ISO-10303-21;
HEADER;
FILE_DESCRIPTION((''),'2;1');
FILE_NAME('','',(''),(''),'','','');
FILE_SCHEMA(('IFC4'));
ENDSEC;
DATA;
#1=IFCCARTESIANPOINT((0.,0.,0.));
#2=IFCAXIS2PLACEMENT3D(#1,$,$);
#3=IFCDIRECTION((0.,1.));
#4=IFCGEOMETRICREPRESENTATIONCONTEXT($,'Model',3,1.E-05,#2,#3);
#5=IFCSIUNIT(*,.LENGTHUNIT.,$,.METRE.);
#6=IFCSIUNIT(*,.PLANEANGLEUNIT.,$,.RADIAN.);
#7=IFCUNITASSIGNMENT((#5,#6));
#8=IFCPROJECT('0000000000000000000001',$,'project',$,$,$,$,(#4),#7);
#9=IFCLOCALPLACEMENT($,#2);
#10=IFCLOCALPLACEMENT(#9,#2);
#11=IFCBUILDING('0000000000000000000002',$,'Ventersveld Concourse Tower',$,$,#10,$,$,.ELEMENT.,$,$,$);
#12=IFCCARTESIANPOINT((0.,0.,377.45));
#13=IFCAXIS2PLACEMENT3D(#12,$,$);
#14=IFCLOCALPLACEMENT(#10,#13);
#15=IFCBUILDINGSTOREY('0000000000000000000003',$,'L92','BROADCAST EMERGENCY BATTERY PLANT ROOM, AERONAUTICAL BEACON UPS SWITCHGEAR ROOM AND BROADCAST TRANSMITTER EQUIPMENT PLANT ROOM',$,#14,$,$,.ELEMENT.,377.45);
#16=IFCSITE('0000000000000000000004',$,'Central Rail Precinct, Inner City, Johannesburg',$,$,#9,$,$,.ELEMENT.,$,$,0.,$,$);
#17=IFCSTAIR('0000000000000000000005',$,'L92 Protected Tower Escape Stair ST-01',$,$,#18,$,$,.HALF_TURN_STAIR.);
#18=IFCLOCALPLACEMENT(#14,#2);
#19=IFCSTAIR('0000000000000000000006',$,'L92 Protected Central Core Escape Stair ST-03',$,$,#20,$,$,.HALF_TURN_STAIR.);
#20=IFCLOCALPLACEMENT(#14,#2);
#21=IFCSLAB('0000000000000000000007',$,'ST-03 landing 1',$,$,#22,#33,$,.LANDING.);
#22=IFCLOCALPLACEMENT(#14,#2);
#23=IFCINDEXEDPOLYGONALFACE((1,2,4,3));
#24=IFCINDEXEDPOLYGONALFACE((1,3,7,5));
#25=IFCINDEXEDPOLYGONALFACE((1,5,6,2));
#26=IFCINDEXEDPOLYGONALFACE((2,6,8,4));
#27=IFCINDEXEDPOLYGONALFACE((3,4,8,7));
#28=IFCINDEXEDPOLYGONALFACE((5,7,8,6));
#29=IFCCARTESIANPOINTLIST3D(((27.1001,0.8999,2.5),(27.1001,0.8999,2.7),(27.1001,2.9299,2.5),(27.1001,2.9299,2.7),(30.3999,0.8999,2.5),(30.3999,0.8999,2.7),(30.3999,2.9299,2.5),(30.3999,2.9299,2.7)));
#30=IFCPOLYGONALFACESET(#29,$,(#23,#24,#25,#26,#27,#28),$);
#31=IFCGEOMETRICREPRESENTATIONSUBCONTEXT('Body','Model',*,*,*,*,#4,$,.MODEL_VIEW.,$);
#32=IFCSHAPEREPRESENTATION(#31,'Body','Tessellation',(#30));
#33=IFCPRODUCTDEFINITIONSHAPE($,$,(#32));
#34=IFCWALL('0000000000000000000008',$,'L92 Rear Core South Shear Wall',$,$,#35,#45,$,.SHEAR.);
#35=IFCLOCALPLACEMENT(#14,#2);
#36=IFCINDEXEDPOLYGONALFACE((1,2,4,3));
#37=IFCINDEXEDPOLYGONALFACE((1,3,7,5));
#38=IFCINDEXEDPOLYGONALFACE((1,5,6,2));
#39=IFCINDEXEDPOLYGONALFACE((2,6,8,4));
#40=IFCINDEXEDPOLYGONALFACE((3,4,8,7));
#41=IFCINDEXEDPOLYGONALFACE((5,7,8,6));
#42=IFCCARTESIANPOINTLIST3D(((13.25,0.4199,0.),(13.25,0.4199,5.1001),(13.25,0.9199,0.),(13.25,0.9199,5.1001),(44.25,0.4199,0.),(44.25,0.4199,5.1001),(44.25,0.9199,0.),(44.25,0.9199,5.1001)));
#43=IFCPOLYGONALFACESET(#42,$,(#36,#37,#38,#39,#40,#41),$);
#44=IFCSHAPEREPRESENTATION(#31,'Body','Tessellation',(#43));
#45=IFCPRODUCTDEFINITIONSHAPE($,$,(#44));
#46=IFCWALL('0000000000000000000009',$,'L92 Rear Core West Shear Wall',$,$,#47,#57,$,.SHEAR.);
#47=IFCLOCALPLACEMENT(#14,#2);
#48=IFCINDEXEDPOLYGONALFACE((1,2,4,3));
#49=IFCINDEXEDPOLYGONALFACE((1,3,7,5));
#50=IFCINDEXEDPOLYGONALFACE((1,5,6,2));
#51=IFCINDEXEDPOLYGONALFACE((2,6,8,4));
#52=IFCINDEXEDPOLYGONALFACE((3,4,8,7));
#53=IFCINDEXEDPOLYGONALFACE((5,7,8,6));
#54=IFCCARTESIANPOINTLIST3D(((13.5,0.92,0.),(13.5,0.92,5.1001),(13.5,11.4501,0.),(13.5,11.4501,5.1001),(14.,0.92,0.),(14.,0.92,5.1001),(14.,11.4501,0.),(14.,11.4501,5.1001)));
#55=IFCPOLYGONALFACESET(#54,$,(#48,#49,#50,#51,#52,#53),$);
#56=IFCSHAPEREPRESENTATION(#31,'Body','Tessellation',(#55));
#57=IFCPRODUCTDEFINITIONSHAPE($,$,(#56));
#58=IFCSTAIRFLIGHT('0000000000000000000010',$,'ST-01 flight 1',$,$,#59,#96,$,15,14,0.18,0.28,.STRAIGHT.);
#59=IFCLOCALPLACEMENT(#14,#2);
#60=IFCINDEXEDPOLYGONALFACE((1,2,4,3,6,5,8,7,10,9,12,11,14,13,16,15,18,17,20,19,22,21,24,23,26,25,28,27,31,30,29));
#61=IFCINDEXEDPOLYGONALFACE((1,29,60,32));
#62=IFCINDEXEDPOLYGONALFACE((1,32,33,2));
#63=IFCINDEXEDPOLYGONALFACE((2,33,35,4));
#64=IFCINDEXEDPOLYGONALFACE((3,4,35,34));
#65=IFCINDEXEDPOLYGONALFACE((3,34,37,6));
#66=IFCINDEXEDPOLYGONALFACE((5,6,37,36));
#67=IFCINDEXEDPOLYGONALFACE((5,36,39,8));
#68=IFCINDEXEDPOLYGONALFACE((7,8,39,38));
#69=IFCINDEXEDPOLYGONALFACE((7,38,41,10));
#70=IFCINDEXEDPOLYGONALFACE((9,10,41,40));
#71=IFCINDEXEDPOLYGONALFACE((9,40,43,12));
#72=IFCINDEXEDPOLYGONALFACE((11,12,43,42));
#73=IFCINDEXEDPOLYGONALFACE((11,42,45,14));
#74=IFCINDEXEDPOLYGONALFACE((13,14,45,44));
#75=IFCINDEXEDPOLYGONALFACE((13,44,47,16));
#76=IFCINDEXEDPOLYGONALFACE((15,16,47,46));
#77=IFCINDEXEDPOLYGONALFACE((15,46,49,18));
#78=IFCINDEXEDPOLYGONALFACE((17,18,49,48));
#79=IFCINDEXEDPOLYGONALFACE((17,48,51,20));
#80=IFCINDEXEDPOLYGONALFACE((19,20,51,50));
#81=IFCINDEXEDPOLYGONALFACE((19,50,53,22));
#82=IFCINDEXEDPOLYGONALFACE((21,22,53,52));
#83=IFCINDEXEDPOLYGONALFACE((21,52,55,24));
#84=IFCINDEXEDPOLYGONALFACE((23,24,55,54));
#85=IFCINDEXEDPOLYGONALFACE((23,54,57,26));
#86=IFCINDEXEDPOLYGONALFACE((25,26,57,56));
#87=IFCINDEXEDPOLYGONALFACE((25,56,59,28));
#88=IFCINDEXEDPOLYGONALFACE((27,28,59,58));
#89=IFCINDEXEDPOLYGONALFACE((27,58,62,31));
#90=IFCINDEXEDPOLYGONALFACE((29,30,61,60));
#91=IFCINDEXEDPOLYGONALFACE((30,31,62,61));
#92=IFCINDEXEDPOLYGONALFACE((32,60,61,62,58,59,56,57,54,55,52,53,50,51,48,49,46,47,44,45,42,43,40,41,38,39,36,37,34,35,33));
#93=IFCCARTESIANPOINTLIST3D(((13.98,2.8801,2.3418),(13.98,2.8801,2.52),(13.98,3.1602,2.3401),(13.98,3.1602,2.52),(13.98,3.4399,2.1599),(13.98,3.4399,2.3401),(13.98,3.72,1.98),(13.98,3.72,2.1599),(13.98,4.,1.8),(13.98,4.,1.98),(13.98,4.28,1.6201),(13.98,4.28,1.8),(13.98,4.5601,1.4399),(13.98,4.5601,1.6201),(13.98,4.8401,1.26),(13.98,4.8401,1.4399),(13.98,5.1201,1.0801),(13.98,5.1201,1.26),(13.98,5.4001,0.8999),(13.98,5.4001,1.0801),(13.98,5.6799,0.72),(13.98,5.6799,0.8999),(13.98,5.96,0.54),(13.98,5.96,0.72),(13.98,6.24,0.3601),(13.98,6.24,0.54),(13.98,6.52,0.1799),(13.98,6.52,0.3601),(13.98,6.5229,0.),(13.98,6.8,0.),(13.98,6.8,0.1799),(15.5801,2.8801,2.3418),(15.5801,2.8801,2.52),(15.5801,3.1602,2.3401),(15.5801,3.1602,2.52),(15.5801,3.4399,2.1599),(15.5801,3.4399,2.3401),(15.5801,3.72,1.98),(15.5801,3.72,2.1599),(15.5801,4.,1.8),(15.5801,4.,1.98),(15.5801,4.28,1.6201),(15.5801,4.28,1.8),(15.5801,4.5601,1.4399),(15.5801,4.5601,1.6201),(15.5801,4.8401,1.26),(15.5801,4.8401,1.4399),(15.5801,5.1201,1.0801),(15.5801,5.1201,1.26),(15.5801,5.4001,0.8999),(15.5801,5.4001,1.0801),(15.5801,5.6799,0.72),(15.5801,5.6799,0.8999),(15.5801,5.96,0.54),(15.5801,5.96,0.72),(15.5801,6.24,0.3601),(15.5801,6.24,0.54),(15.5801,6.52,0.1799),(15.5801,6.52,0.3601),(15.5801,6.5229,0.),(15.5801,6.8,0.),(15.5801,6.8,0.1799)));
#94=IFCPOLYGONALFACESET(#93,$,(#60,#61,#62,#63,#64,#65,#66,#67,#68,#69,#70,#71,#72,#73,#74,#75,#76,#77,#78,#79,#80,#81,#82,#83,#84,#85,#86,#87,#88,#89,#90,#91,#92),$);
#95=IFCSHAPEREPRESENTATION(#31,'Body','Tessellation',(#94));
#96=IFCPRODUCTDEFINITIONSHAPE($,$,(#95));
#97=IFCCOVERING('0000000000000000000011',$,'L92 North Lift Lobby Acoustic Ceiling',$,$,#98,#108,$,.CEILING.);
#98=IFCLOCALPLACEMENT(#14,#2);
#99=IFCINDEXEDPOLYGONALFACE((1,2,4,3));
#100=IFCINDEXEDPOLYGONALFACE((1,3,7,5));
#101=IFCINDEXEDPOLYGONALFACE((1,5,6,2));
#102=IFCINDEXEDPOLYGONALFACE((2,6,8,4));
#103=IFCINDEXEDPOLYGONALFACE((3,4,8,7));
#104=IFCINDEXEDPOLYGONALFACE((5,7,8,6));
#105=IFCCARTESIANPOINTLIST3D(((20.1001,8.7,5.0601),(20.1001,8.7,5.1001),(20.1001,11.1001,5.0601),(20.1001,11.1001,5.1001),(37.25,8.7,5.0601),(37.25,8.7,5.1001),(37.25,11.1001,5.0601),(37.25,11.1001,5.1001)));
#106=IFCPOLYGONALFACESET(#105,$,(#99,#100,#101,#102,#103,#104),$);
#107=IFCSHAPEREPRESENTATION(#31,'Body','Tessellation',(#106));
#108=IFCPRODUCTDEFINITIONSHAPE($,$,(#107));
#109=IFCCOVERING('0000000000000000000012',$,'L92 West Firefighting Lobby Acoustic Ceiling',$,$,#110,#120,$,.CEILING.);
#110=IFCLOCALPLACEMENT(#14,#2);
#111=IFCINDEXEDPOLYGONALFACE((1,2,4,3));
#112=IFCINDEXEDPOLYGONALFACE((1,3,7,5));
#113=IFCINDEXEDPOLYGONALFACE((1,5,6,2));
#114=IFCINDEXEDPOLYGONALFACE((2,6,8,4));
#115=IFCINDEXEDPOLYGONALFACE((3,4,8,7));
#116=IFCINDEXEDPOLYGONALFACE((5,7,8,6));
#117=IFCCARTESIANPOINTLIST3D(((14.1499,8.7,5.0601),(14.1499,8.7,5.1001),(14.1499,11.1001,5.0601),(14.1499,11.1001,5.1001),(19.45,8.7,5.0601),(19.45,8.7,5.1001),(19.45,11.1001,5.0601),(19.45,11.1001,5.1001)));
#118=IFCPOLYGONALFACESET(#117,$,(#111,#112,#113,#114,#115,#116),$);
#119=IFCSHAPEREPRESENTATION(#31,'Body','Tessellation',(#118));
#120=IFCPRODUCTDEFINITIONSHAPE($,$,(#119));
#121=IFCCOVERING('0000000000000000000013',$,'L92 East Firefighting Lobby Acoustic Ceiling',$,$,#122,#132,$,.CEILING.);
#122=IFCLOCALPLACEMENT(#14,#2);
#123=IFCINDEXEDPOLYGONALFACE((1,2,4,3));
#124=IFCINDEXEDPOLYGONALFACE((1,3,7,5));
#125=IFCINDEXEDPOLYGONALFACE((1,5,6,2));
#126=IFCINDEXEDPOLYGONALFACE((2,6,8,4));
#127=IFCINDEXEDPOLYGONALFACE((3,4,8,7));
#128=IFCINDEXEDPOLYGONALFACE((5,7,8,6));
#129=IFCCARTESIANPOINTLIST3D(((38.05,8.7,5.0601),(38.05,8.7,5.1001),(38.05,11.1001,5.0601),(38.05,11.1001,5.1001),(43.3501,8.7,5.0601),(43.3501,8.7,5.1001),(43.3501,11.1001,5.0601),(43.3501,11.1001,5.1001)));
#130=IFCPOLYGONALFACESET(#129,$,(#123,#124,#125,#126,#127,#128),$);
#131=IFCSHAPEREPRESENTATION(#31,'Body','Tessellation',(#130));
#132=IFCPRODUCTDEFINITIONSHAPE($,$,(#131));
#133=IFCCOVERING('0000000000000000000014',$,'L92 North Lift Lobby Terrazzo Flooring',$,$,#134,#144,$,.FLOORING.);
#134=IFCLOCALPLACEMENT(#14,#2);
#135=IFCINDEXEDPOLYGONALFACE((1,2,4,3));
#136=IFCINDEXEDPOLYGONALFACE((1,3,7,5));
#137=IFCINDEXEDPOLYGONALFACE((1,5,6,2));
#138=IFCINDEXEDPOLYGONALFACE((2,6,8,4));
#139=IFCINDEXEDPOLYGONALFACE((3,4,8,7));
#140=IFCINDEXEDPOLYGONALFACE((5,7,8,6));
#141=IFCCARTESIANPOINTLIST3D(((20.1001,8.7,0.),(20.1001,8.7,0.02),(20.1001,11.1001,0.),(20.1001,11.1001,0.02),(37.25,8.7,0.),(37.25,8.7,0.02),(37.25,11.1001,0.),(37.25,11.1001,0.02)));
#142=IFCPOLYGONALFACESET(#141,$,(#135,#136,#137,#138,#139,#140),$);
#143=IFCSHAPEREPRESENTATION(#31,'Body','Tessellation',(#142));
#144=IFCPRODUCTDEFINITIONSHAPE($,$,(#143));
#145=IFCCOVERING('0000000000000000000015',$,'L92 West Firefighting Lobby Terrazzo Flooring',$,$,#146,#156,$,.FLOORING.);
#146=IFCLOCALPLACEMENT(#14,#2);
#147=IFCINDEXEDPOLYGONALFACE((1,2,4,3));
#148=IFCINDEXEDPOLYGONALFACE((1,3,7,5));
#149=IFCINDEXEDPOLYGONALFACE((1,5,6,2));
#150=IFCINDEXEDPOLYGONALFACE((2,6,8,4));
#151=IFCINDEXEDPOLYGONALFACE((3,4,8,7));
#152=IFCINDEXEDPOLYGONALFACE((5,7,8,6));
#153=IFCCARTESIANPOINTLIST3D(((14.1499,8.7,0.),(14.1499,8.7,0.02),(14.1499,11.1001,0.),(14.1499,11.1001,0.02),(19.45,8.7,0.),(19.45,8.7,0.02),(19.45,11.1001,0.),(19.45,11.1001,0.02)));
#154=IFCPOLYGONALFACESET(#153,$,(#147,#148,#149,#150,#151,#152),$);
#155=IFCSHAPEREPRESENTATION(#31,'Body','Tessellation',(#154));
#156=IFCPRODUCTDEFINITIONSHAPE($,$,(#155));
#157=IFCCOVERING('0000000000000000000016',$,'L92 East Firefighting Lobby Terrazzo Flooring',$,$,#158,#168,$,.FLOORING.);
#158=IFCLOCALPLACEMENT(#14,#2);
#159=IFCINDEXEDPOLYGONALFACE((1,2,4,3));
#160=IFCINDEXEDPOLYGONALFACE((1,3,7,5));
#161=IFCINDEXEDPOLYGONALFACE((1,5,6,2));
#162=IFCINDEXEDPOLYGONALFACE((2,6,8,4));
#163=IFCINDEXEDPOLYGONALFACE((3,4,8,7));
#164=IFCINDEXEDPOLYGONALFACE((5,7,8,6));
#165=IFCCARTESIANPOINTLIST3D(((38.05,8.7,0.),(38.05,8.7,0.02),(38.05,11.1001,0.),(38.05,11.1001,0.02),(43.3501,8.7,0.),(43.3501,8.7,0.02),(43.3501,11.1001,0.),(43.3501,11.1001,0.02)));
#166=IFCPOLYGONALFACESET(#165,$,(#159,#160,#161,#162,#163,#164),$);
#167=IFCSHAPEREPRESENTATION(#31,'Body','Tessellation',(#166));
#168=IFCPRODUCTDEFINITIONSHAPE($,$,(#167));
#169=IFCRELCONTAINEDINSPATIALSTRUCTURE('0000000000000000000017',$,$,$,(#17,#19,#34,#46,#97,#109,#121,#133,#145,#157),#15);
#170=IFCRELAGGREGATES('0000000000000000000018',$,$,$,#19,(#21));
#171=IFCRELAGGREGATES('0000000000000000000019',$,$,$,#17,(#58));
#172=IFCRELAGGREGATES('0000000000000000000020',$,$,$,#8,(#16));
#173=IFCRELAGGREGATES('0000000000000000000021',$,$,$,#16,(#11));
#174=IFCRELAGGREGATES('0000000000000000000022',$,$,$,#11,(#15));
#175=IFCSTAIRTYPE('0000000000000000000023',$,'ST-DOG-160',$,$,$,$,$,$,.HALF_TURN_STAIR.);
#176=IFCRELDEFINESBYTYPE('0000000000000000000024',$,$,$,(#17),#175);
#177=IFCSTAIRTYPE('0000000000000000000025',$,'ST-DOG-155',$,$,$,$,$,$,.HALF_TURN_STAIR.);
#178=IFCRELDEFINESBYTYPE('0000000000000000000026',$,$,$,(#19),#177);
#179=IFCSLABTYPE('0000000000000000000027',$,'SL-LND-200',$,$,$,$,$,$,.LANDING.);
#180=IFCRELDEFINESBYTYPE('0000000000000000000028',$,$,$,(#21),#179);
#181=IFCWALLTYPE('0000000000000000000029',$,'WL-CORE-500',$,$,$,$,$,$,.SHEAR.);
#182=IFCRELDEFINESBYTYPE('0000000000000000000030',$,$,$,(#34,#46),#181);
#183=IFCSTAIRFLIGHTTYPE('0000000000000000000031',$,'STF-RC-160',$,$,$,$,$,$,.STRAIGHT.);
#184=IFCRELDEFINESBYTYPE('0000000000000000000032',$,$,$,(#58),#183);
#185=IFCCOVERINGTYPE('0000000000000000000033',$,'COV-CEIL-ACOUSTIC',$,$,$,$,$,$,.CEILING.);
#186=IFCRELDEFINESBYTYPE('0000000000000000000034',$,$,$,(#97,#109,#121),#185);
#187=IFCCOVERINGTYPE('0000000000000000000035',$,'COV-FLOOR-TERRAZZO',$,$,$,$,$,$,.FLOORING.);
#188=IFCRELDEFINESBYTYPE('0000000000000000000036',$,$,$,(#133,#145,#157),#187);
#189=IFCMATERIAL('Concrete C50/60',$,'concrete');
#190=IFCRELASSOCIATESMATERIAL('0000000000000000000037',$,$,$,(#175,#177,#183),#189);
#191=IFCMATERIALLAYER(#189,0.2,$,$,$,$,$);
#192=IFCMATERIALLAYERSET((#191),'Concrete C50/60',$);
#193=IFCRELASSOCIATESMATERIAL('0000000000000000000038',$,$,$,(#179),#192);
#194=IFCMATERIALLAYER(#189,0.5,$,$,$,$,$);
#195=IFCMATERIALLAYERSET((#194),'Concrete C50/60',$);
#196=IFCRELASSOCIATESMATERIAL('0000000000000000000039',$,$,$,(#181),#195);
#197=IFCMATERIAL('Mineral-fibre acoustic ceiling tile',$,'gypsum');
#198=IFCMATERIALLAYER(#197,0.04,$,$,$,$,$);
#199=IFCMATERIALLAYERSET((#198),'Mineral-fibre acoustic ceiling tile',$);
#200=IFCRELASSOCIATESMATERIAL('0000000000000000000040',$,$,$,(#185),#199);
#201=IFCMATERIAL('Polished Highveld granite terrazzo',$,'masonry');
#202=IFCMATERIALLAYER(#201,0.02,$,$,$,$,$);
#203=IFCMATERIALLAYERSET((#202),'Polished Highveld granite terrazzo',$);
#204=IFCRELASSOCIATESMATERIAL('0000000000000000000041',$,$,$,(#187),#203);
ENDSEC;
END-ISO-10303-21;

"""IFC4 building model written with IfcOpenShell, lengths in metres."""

from ifc_helpers import new_model, si_unit, direction, frame, frame_2d, origin, place, context, subcontext, project, spatial, polyline, rectangle, outline, extrude, material, layer, layer_set, type_object, element, aggregate, save


model = new_model("IFC4")

# Units and contexts
model_context = context("Model", 3, precision=1e-05, world=origin(), true_north=direction((0.0, 1.0)))
body_context = subcontext(model_context, "Body", "Model", "MODEL_VIEW")
ifc_project = project(units=[si_unit("LENGTHUNIT", "METRE"), si_unit("PLANEANGLEUNIT", "RADIAN")], contexts=[model_context])

# Site, building, storey
site_placement = place(None, origin())
site = spatial("IfcSite", under=ifc_project, at=site_placement, Name="Central Rail Precinct, Inner City, Johannesburg", CompositionType="ELEMENT", RefElevation=0.0)
building_placement = place(site_placement, origin())
building = spatial("IfcBuilding", under=site, at=building_placement, Name="Ventersveld Concourse Tower", CompositionType="ELEMENT")
storey_placement = place(building_placement, frame((0.0, 0.0, 377.45)))
storey = spatial("IfcBuildingStorey", under=building, at=storey_placement, Name="L92", Description="BROADCAST EMERGENCY BATTERY PLANT ROOM, AERONAUTICAL BEACON UPS SWITCHGEAR ROOM AND BROADCAST TRANSMITTER EQUIPMENT PLANT ROOM", CompositionType="ELEMENT", Elevation=377.45)

# Shared definitions
ifc_material_1 = material(Name="Concrete C50/60", Category="concrete")

# Stairs, slab
stair_type_1 = type_object("IfcStairType", Name="ST-DOG-160", PredefinedType="HALF_TURN_STAIR", material=ifc_material_1)
stair_1_placement = place(storey_placement, origin())
stair_1 = element("IfcStair", 1, at=stair_1_placement, inside=storey, type_object=stair_type_1, Name="L92 Protected Tower Escape Stair ST-01", PredefinedType="HALF_TURN_STAIR")
ifc_layer_1 = layer(ifc_material_1, 0.2)
ifc_layer_set_1 = layer_set([ifc_layer_1], Name="Concrete C50/60")
slab_type_1 = type_object("IfcSlabType", Name="SL-LND-200", PredefinedType="LANDING", material=ifc_layer_set_1)
stair_type_2 = type_object("IfcStairType", Name="ST-DOG-155", PredefinedType="HALF_TURN_STAIR", material=ifc_material_1)
stair_2_placement = place(storey_placement, origin())
stair_2 = element("IfcStair", 2, at=stair_2_placement, inside=storey, type_object=stair_type_2, Name="L92 Protected Central Core Escape Stair ST-03", PredefinedType="HALF_TURN_STAIR")
slab_1_placement = place(storey_placement, frame((0.0, 0.0, 2.5)))
slab_1 = element("IfcSlab", 3, at=slab_1_placement, type_object=slab_type_1, Name="ST-03 landing 1", PredefinedType="LANDING", context=body_context, shape_type="SweptSolid", body=[
    extrude(outline(polyline([(27.1001, 2.9299), (27.1001, 0.8999), (30.3999, 0.8999), (30.3999, 2.9299), (27.1001, 2.9299)])), origin(), (0.0, 0.0, 1.0), 0.2),
])
aggregate(stair_2, [slab_1])

# Walls
ifc_layer_2 = layer(ifc_material_1, 0.5)
ifc_layer_set_2 = layer_set([ifc_layer_2], Name="Concrete C50/60")
wall_type = type_object("IfcWallType", Name="WL-CORE-500", PredefinedType="SHEAR", material=ifc_layer_set_2)
wall_1_placement = place(storey_placement, frame((13.25, 0.6699, 0.0), z_axis=(0.0, 0.0, 1.0), x_axis=(1.0, 0.0, 0.0)))
element("IfcWall", 4, at=wall_1_placement, inside=storey, type_object=wall_type, Name="L92 Rear Core South Shear Wall", PredefinedType="SHEAR", context=body_context, shape_type="SweptSolid", body=[
    extrude(rectangle(XDim=31.0, YDim=0.5, at=frame_2d((15.5, 0.0))), origin(), (0.0, 0.0, 1.0), 5.1001),
])
wall_2_placement = place(storey_placement, frame((13.75, 0.9199, 0.0), z_axis=(0.0, 0.0, 1.0), x_axis=(0.0, 1.0, 0.0)))
element("IfcWall", 5, at=wall_2_placement, inside=storey, type_object=wall_type, Name="L92 Rear Core West Shear Wall", PredefinedType="SHEAR", context=body_context, shape_type="SweptSolid", body=[
    extrude(rectangle(XDim=10.53, YDim=0.5, at=frame_2d((5.2651, 0.0))), origin(), (0.0, 0.0, 1.0), 5.1001),
])

# Stair flight
stair_flight_type = type_object("IfcStairFlightType", Name="STF-RC-160", PredefinedType="STRAIGHT", material=ifc_material_1)
stair_flight_placement = place(storey_placement, frame((14.78, 6.8, 0.0), z_axis=(0.0, 0.0, 1.0), x_axis=(0.0, -1.0, 0.0)))
stair_flight = element("IfcStairFlight", 6, at=stair_flight_placement, type_object=stair_flight_type, Name="ST-01 flight 1", NumberOfRisers=15, NumberOfTreads=14, PredefinedType="STRAIGHT", RiserHeight=0.18, TreadLength=0.28, context=body_context, shape_type="SweptSolid", body=[
    extrude(outline(polyline([(0.0, 0.0), (0.0, 0.1799), (0.28, 0.1799), (0.28, 0.3601), (0.5601, 0.3601), (0.5601, 0.54), (0.8401, 0.54), (0.8401, 0.72), (1.1201, 0.72), (1.1201, 0.8999), (1.3999, 0.8999), (1.3999, 1.0801), (1.6799, 1.0801), (1.6799, 1.26), (1.96, 1.26), (1.96, 1.4399), (2.24, 1.4399), (2.24, 1.6201), (2.52, 1.6201), (2.52, 1.8), (2.8, 1.8), (2.8, 1.98), (3.0801, 1.98), (3.0801, 2.1599), (3.3601, 2.1599), (3.3601, 2.3401), (3.6399, 2.3401), (3.6399, 2.52), (3.9199, 2.52), (3.9199, 2.7), (3.9199, 2.3418), (0.2771, 0.0), (0.0, 0.0)])), frame((0.0, 0.8, 0.0), z_axis=(0.0, -1.0, 0.0), x_axis=(1.0, 0.0, 0.0)), (0.0, 0.0, 1.0), 1.6001),
])
aggregate(stair_1, [stair_flight])

# Coverings
ifc_material_2 = material(Name="Mineral-fibre acoustic ceiling tile", Category="gypsum")
ifc_layer_3 = layer(ifc_material_2, 0.04)
ifc_layer_set_3 = layer_set([ifc_layer_3], Name="Mineral-fibre acoustic ceiling tile")
covering_type_1 = type_object("IfcCoveringType", Name="COV-CEIL-ACOUSTIC", PredefinedType="CEILING", material=ifc_layer_set_3)
covering_1_placement = place(storey_placement, frame((0.0, 0.0, 5.0601)))
element("IfcCovering", 7, at=covering_1_placement, inside=storey, type_object=covering_type_1, Name="L92 North Lift Lobby Acoustic Ceiling", PredefinedType="CEILING", context=body_context, shape_type="SweptSolid", body=[
    extrude(outline(polyline([(20.1001, 8.7), (37.25, 8.7), (37.25, 11.1001), (20.1001, 11.1001), (20.1001, 8.7)])), origin(), (0.0, 0.0, 1.0), 0.04),
])
covering_2_placement = place(storey_placement, frame((0.0, 0.0, 5.0601)))
element("IfcCovering", 8, at=covering_2_placement, inside=storey, type_object=covering_type_1, Name="L92 West Firefighting Lobby Acoustic Ceiling", PredefinedType="CEILING", context=body_context, shape_type="SweptSolid", body=[
    extrude(outline(polyline([(14.1499, 8.7), (19.45, 8.7), (19.45, 11.1001), (14.1499, 11.1001), (14.1499, 8.7)])), origin(), (0.0, 0.0, 1.0), 0.04),
])
covering_3_placement = place(storey_placement, frame((0.0, 0.0, 5.0601)))
element("IfcCovering", 9, at=covering_3_placement, inside=storey, type_object=covering_type_1, Name="L92 East Firefighting Lobby Acoustic Ceiling", PredefinedType="CEILING", context=body_context, shape_type="SweptSolid", body=[
    extrude(outline(polyline([(38.05, 8.7), (43.3501, 8.7), (43.3501, 11.1001), (38.05, 11.1001), (38.05, 8.7)])), origin(), (0.0, 0.0, 1.0), 0.04),
])
ifc_material_3 = material(Name="Polished Highveld granite terrazzo", Category="masonry")
ifc_layer_4 = layer(ifc_material_3, 0.02)
ifc_layer_set_4 = layer_set([ifc_layer_4], Name="Polished Highveld granite terrazzo")
covering_type_2 = type_object("IfcCoveringType", Name="COV-FLOOR-TERRAZZO", PredefinedType="FLOORING", material=ifc_layer_set_4)
covering_4_placement = place(storey_placement, origin())
element("IfcCovering", 10, at=covering_4_placement, inside=storey, type_object=covering_type_2, Name="L92 North Lift Lobby Terrazzo Flooring", PredefinedType="FLOORING", context=body_context, shape_type="SweptSolid", body=[
    extrude(outline(polyline([(20.1001, 8.7), (37.25, 8.7), (37.25, 11.1001), (20.1001, 11.1001), (20.1001, 8.7)])), origin(), (0.0, 0.0, 1.0), 0.02),
])
covering_5_placement = place(storey_placement, origin())
element("IfcCovering", 11, at=covering_5_placement, inside=storey, type_object=covering_type_2, Name="L92 West Firefighting Lobby Terrazzo Flooring", PredefinedType="FLOORING", context=body_context, shape_type="SweptSolid", body=[
    extrude(outline(polyline([(14.1499, 8.7), (19.45, 8.7), (19.45, 11.1001), (14.1499, 11.1001), (14.1499, 8.7)])), origin(), (0.0, 0.0, 1.0), 0.02),
])
covering_6_placement = place(storey_placement, origin())
element("IfcCovering", 12, at=covering_6_placement, inside=storey, type_object=covering_type_2, Name="L92 East Firefighting Lobby Terrazzo Flooring", PredefinedType="FLOORING", context=body_context, shape_type="SweptSolid", body=[
    extrude(outline(polyline([(38.05, 8.7), (43.3501, 8.7), (43.3501, 11.1001), (38.05, 11.1001), (38.05, 8.7)])), origin(), (0.0, 0.0, 1.0), 0.02),
])

save(model, "model.ifc")
